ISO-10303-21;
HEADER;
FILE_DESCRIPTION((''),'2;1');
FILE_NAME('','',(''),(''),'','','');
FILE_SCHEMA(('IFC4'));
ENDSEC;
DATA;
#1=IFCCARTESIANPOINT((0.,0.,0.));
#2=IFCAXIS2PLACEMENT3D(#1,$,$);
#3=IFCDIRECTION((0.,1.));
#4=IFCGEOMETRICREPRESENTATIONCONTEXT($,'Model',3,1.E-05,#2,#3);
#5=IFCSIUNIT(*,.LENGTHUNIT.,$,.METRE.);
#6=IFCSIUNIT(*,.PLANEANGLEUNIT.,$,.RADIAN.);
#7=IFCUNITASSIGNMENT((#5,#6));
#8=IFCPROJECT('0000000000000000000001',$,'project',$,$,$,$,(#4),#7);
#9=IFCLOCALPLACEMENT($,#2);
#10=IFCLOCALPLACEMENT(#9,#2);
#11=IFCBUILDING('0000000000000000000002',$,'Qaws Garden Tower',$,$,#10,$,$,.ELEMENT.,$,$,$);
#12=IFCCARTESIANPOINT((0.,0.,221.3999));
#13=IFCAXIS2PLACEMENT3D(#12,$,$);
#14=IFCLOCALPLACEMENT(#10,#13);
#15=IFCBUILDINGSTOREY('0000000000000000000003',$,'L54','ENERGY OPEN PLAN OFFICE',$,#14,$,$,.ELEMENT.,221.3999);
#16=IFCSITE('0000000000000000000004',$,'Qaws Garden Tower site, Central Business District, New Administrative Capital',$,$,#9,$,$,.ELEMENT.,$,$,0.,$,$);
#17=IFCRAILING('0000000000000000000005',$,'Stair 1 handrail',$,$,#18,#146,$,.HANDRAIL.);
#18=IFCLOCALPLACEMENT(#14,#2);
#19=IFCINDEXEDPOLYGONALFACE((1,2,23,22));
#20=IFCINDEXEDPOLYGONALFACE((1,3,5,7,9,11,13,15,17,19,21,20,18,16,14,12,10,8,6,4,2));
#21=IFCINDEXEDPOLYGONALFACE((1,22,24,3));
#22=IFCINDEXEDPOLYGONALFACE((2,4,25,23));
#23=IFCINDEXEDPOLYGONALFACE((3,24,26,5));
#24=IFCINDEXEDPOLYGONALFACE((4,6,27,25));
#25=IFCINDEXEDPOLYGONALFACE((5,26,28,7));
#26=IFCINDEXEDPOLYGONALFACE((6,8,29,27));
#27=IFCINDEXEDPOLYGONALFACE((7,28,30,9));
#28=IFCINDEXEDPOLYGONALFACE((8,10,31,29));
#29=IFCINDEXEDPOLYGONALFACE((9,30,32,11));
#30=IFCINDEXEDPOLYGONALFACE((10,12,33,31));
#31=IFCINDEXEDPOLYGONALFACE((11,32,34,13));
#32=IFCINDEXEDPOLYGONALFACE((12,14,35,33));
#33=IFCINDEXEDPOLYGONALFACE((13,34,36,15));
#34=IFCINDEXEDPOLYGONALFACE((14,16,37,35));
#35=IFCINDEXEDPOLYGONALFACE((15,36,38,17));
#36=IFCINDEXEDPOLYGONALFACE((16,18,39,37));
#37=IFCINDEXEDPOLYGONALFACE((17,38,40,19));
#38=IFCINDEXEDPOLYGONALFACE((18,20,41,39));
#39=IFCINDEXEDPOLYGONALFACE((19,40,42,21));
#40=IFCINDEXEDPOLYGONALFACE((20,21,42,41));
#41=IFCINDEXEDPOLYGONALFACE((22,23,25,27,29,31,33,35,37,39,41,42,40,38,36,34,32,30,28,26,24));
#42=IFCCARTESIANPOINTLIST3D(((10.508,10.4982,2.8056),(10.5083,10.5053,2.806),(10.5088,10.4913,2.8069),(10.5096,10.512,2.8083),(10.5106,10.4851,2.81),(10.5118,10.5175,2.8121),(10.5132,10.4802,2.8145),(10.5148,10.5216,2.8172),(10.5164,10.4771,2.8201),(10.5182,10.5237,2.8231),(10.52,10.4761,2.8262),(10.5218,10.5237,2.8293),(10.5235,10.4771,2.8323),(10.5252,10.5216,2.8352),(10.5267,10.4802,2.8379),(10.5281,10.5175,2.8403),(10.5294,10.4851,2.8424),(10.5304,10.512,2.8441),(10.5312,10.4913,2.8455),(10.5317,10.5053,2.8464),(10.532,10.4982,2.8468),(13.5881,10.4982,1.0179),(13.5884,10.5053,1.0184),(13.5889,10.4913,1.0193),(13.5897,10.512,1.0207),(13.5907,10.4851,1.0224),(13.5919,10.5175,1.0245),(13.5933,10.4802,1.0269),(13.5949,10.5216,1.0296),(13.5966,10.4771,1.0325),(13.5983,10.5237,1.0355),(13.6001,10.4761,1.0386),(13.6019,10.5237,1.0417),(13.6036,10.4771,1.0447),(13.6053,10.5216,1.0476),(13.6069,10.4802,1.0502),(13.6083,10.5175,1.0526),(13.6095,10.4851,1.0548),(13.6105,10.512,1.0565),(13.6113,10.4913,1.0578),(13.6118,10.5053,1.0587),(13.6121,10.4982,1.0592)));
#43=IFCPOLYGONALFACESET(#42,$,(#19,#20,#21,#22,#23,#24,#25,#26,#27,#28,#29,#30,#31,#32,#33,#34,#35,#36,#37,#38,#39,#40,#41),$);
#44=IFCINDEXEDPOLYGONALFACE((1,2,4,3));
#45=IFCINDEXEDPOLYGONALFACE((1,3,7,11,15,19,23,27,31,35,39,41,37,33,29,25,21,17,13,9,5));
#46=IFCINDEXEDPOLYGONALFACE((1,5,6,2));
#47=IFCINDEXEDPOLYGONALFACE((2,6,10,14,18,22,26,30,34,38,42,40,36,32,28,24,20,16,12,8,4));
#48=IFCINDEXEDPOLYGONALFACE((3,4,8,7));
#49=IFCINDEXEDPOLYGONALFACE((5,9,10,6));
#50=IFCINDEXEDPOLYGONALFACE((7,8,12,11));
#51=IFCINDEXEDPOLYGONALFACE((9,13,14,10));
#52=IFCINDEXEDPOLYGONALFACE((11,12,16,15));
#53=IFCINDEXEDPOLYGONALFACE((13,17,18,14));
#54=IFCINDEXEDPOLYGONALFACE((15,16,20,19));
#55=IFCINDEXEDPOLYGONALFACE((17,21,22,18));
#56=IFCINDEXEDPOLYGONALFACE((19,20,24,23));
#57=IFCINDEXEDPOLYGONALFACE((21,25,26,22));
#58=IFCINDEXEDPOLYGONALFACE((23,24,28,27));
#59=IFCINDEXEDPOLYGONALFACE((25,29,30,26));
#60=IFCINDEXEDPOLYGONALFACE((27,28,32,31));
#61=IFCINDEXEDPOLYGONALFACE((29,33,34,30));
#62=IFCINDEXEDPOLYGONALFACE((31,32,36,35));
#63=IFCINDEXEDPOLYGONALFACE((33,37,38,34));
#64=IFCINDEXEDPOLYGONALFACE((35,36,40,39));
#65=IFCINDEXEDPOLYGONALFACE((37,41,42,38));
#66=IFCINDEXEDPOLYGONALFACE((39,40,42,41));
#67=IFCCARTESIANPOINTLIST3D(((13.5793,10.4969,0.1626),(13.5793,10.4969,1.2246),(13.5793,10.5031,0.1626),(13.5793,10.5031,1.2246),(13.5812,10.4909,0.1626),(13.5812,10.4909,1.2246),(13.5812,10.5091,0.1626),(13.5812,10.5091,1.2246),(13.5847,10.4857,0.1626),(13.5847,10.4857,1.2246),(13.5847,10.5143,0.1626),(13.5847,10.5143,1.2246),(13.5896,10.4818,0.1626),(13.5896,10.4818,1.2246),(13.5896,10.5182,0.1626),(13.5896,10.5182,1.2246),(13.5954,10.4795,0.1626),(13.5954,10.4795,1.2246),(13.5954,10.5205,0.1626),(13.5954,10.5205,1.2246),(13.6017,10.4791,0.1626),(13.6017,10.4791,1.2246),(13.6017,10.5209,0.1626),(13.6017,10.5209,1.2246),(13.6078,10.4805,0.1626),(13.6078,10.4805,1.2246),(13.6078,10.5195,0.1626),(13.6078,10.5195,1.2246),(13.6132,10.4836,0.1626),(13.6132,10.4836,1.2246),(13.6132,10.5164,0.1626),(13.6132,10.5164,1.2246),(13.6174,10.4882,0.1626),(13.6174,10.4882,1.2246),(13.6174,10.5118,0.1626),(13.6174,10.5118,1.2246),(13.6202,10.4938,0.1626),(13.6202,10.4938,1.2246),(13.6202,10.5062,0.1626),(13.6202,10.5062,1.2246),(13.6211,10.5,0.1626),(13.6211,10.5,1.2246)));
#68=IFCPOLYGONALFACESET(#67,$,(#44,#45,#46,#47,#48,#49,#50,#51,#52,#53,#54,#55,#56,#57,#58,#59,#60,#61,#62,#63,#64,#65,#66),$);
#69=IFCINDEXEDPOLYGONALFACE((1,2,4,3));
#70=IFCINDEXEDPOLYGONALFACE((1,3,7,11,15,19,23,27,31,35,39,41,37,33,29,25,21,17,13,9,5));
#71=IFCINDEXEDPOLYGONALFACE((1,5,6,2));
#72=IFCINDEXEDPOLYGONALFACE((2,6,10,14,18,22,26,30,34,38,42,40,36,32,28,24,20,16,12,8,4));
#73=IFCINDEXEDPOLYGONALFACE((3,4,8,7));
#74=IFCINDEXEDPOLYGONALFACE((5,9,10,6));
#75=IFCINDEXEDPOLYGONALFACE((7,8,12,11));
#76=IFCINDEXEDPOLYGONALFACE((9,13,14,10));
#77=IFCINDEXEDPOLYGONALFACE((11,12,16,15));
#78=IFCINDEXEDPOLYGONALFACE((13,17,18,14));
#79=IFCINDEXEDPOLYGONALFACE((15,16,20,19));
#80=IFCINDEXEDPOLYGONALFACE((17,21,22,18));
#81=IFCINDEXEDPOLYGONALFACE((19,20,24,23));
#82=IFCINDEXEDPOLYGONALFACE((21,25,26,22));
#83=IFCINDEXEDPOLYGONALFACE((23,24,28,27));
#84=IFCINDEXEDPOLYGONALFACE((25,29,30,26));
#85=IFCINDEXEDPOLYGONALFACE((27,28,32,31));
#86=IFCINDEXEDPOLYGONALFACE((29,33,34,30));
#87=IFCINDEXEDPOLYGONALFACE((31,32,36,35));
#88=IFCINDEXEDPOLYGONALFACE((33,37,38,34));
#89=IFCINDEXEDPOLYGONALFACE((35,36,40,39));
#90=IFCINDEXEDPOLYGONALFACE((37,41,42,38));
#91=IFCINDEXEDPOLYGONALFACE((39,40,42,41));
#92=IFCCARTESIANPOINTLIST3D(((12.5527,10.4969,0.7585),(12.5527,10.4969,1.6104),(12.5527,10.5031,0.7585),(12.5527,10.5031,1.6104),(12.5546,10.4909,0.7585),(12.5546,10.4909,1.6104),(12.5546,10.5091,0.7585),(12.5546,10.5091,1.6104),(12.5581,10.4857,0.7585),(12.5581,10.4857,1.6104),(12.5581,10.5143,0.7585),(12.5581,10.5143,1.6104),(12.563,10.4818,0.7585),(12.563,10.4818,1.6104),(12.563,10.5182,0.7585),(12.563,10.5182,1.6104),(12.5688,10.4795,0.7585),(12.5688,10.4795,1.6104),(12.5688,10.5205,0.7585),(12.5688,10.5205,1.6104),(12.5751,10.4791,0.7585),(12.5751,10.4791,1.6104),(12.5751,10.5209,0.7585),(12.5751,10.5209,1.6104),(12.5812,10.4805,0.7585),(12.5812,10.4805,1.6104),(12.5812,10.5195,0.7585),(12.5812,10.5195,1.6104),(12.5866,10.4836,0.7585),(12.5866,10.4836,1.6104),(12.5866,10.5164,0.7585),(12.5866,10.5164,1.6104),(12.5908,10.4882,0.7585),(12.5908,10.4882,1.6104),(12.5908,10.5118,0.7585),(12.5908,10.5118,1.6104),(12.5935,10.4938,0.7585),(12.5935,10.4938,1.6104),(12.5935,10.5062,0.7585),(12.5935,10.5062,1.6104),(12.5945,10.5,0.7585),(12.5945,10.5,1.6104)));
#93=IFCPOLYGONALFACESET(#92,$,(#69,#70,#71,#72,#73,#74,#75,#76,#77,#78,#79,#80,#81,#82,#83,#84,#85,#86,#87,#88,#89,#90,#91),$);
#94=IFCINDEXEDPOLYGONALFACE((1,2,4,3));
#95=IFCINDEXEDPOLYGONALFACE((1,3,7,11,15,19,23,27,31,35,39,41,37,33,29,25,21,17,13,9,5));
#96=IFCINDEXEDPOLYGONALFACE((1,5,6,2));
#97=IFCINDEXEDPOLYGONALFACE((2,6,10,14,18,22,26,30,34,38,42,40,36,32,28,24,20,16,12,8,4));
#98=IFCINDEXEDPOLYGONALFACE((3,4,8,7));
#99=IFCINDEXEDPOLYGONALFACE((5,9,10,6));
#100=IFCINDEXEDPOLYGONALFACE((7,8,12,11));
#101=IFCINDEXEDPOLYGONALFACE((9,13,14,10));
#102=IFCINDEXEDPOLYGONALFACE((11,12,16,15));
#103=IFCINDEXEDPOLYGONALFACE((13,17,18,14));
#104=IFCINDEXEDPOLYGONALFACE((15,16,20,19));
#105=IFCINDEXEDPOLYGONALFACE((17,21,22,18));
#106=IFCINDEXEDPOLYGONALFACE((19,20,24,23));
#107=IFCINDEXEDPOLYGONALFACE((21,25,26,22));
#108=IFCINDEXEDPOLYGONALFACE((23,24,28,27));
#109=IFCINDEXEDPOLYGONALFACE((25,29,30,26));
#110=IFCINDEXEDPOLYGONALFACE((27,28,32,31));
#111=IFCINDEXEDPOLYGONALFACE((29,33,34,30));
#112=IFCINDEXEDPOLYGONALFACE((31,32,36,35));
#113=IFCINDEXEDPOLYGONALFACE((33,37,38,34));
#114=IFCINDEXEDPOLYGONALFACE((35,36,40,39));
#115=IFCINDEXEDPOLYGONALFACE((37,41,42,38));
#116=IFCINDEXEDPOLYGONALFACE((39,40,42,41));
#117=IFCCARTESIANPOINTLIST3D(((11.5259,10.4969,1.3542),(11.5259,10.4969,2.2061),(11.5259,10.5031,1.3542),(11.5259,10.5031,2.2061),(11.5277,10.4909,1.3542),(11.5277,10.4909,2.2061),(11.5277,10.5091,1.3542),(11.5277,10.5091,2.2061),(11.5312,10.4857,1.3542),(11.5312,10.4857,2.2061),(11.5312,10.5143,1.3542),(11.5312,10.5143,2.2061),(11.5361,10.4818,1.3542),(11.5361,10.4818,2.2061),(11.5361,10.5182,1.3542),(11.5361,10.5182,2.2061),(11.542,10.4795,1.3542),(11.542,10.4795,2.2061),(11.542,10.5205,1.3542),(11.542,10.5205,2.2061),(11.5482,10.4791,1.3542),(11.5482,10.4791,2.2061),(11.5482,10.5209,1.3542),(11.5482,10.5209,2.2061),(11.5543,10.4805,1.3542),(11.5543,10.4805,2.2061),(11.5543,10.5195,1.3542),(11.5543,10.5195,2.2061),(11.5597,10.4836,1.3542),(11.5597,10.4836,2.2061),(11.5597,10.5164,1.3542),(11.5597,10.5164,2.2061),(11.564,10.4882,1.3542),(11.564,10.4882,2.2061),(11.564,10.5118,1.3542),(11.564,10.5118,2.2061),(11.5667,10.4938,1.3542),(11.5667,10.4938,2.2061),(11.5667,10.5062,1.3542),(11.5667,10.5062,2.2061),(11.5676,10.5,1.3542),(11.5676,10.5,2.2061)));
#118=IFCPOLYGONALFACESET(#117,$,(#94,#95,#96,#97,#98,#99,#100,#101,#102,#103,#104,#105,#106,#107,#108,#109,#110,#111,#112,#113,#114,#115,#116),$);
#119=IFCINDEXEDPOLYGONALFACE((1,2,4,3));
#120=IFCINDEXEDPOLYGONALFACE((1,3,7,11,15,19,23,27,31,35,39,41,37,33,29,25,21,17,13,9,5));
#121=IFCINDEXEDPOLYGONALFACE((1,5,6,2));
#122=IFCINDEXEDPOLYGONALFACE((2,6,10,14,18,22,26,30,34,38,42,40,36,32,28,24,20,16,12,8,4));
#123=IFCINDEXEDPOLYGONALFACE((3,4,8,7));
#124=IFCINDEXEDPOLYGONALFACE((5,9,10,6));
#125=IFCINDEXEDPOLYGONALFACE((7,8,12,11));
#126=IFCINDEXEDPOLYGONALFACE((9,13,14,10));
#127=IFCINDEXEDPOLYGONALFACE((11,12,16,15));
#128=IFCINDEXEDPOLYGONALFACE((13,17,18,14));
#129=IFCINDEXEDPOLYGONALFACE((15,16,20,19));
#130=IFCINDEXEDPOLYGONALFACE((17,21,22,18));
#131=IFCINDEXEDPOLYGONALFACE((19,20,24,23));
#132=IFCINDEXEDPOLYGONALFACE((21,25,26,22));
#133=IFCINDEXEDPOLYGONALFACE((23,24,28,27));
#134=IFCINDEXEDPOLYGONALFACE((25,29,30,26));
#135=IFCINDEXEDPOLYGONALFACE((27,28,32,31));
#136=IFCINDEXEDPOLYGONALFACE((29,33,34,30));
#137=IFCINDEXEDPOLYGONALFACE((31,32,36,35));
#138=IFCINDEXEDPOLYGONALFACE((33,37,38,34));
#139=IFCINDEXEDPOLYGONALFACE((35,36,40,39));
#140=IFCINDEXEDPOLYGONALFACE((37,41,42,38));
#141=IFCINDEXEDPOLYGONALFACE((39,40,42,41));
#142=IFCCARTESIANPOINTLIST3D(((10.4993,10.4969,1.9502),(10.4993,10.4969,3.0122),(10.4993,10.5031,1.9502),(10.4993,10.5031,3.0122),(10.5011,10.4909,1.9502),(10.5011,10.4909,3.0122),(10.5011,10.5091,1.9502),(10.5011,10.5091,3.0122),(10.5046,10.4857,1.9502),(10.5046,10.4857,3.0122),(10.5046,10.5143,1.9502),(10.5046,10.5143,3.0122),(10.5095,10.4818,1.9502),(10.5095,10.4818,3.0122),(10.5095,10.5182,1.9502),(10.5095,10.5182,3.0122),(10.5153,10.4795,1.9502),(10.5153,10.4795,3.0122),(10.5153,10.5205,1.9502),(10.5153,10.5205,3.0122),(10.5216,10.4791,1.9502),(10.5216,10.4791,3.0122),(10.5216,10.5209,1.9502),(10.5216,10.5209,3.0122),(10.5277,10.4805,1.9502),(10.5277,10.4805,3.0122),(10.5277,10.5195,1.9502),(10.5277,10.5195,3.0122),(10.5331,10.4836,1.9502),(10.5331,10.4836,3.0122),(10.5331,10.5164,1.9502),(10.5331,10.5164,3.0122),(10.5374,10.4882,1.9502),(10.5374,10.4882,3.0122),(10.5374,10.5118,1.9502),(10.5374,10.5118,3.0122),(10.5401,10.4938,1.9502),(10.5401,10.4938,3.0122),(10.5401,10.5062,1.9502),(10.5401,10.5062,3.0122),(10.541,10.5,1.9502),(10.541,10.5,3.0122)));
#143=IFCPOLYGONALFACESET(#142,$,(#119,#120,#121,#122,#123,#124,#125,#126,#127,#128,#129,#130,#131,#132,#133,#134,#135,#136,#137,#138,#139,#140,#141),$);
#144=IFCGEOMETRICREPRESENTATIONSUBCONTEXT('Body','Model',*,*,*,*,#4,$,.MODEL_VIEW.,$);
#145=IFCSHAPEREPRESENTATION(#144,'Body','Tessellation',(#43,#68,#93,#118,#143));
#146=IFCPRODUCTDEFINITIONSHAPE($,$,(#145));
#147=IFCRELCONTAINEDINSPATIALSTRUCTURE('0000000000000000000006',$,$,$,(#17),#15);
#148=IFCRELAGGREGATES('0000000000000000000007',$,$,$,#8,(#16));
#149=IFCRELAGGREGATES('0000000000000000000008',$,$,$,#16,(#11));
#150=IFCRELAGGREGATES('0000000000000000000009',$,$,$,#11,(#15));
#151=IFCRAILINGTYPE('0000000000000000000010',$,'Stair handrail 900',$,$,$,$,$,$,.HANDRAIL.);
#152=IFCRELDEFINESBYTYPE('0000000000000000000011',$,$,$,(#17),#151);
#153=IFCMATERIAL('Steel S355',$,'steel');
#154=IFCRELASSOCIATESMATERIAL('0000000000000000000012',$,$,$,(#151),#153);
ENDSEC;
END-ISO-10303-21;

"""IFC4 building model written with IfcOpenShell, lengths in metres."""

from ifc_helpers import new_model, si_unit, direction, frame, origin, origin_2d, place, context, subcontext, project, spatial, circle, extrude, material, type_object, element, save


model = new_model("IFC4")

# Units and contexts
model_context = context("Model", 3, precision=1e-05, world=origin(), true_north=direction((0.0, 1.0)))
body_context = subcontext(model_context, "Body", "Model", "MODEL_VIEW")
ifc_project = project(units=[si_unit("LENGTHUNIT", "METRE"), si_unit("PLANEANGLEUNIT", "RADIAN")], contexts=[model_context])

# Site, building, storey
site_placement = place(None, origin())
site = spatial("IfcSite", under=ifc_project, at=site_placement, Name="Qaws Garden Tower site, Central Business District, New Administrative Capital", CompositionType="ELEMENT", RefElevation=0.0)
building_placement = place(site_placement, origin())
building = spatial("IfcBuilding", under=site, at=building_placement, Name="Qaws Garden Tower", CompositionType="ELEMENT")
storey_placement = place(building_placement, frame((0.0, 0.0, 221.3999)))
storey = spatial("IfcBuildingStorey", under=building, at=storey_placement, Name="L54", Description="ENERGY OPEN PLAN OFFICE", CompositionType="ELEMENT", Elevation=221.3999)

# Railing
ifc_material_1 = material(Name="Steel S355", Category="steel")
railing_type = type_object("IfcRailingType", Name="Stair handrail 900", PredefinedType="HANDRAIL", material=ifc_material_1)
railing_1_placement = place(storey_placement, frame((13.6001, 10.5, 0.1626)))
element("IfcRailing", 1, at=railing_1_placement, inside=storey, type_object=railing_type, Name="Stair 1 handrail", PredefinedType="HANDRAIL", context=body_context, shape_type="SweptSolid", body=[
    extrude(circle(Radius=0.0239, at=origin_2d()), frame((0.0, 0.0, 0.876), z_axis=(-0.864891, 0.0, 0.50196), x_axis=(0.0, -1.0, 0.0)), (0.0, 0.0, 1.0), 3.5613),
    extrude(circle(Radius=0.021, at=origin_2d()), origin(), (0.0, 0.0, 1.0), 1.062),
    extrude(circle(Radius=0.021, at=origin_2d()), frame((-1.0266, 0.0, 0.5959)), (0.0, 0.0, 1.0), 0.8518),
    extrude(circle(Radius=0.021, at=origin_2d()), frame((-2.0535, 0.0, 1.1917)), (0.0, 0.0, 1.0), 0.8518),
    extrude(circle(Radius=0.021, at=origin_2d()), frame((-3.0801, 0.0, 1.7876)), (0.0, 0.0, 1.0), 1.062),
])

save(model, "model.ifc")
